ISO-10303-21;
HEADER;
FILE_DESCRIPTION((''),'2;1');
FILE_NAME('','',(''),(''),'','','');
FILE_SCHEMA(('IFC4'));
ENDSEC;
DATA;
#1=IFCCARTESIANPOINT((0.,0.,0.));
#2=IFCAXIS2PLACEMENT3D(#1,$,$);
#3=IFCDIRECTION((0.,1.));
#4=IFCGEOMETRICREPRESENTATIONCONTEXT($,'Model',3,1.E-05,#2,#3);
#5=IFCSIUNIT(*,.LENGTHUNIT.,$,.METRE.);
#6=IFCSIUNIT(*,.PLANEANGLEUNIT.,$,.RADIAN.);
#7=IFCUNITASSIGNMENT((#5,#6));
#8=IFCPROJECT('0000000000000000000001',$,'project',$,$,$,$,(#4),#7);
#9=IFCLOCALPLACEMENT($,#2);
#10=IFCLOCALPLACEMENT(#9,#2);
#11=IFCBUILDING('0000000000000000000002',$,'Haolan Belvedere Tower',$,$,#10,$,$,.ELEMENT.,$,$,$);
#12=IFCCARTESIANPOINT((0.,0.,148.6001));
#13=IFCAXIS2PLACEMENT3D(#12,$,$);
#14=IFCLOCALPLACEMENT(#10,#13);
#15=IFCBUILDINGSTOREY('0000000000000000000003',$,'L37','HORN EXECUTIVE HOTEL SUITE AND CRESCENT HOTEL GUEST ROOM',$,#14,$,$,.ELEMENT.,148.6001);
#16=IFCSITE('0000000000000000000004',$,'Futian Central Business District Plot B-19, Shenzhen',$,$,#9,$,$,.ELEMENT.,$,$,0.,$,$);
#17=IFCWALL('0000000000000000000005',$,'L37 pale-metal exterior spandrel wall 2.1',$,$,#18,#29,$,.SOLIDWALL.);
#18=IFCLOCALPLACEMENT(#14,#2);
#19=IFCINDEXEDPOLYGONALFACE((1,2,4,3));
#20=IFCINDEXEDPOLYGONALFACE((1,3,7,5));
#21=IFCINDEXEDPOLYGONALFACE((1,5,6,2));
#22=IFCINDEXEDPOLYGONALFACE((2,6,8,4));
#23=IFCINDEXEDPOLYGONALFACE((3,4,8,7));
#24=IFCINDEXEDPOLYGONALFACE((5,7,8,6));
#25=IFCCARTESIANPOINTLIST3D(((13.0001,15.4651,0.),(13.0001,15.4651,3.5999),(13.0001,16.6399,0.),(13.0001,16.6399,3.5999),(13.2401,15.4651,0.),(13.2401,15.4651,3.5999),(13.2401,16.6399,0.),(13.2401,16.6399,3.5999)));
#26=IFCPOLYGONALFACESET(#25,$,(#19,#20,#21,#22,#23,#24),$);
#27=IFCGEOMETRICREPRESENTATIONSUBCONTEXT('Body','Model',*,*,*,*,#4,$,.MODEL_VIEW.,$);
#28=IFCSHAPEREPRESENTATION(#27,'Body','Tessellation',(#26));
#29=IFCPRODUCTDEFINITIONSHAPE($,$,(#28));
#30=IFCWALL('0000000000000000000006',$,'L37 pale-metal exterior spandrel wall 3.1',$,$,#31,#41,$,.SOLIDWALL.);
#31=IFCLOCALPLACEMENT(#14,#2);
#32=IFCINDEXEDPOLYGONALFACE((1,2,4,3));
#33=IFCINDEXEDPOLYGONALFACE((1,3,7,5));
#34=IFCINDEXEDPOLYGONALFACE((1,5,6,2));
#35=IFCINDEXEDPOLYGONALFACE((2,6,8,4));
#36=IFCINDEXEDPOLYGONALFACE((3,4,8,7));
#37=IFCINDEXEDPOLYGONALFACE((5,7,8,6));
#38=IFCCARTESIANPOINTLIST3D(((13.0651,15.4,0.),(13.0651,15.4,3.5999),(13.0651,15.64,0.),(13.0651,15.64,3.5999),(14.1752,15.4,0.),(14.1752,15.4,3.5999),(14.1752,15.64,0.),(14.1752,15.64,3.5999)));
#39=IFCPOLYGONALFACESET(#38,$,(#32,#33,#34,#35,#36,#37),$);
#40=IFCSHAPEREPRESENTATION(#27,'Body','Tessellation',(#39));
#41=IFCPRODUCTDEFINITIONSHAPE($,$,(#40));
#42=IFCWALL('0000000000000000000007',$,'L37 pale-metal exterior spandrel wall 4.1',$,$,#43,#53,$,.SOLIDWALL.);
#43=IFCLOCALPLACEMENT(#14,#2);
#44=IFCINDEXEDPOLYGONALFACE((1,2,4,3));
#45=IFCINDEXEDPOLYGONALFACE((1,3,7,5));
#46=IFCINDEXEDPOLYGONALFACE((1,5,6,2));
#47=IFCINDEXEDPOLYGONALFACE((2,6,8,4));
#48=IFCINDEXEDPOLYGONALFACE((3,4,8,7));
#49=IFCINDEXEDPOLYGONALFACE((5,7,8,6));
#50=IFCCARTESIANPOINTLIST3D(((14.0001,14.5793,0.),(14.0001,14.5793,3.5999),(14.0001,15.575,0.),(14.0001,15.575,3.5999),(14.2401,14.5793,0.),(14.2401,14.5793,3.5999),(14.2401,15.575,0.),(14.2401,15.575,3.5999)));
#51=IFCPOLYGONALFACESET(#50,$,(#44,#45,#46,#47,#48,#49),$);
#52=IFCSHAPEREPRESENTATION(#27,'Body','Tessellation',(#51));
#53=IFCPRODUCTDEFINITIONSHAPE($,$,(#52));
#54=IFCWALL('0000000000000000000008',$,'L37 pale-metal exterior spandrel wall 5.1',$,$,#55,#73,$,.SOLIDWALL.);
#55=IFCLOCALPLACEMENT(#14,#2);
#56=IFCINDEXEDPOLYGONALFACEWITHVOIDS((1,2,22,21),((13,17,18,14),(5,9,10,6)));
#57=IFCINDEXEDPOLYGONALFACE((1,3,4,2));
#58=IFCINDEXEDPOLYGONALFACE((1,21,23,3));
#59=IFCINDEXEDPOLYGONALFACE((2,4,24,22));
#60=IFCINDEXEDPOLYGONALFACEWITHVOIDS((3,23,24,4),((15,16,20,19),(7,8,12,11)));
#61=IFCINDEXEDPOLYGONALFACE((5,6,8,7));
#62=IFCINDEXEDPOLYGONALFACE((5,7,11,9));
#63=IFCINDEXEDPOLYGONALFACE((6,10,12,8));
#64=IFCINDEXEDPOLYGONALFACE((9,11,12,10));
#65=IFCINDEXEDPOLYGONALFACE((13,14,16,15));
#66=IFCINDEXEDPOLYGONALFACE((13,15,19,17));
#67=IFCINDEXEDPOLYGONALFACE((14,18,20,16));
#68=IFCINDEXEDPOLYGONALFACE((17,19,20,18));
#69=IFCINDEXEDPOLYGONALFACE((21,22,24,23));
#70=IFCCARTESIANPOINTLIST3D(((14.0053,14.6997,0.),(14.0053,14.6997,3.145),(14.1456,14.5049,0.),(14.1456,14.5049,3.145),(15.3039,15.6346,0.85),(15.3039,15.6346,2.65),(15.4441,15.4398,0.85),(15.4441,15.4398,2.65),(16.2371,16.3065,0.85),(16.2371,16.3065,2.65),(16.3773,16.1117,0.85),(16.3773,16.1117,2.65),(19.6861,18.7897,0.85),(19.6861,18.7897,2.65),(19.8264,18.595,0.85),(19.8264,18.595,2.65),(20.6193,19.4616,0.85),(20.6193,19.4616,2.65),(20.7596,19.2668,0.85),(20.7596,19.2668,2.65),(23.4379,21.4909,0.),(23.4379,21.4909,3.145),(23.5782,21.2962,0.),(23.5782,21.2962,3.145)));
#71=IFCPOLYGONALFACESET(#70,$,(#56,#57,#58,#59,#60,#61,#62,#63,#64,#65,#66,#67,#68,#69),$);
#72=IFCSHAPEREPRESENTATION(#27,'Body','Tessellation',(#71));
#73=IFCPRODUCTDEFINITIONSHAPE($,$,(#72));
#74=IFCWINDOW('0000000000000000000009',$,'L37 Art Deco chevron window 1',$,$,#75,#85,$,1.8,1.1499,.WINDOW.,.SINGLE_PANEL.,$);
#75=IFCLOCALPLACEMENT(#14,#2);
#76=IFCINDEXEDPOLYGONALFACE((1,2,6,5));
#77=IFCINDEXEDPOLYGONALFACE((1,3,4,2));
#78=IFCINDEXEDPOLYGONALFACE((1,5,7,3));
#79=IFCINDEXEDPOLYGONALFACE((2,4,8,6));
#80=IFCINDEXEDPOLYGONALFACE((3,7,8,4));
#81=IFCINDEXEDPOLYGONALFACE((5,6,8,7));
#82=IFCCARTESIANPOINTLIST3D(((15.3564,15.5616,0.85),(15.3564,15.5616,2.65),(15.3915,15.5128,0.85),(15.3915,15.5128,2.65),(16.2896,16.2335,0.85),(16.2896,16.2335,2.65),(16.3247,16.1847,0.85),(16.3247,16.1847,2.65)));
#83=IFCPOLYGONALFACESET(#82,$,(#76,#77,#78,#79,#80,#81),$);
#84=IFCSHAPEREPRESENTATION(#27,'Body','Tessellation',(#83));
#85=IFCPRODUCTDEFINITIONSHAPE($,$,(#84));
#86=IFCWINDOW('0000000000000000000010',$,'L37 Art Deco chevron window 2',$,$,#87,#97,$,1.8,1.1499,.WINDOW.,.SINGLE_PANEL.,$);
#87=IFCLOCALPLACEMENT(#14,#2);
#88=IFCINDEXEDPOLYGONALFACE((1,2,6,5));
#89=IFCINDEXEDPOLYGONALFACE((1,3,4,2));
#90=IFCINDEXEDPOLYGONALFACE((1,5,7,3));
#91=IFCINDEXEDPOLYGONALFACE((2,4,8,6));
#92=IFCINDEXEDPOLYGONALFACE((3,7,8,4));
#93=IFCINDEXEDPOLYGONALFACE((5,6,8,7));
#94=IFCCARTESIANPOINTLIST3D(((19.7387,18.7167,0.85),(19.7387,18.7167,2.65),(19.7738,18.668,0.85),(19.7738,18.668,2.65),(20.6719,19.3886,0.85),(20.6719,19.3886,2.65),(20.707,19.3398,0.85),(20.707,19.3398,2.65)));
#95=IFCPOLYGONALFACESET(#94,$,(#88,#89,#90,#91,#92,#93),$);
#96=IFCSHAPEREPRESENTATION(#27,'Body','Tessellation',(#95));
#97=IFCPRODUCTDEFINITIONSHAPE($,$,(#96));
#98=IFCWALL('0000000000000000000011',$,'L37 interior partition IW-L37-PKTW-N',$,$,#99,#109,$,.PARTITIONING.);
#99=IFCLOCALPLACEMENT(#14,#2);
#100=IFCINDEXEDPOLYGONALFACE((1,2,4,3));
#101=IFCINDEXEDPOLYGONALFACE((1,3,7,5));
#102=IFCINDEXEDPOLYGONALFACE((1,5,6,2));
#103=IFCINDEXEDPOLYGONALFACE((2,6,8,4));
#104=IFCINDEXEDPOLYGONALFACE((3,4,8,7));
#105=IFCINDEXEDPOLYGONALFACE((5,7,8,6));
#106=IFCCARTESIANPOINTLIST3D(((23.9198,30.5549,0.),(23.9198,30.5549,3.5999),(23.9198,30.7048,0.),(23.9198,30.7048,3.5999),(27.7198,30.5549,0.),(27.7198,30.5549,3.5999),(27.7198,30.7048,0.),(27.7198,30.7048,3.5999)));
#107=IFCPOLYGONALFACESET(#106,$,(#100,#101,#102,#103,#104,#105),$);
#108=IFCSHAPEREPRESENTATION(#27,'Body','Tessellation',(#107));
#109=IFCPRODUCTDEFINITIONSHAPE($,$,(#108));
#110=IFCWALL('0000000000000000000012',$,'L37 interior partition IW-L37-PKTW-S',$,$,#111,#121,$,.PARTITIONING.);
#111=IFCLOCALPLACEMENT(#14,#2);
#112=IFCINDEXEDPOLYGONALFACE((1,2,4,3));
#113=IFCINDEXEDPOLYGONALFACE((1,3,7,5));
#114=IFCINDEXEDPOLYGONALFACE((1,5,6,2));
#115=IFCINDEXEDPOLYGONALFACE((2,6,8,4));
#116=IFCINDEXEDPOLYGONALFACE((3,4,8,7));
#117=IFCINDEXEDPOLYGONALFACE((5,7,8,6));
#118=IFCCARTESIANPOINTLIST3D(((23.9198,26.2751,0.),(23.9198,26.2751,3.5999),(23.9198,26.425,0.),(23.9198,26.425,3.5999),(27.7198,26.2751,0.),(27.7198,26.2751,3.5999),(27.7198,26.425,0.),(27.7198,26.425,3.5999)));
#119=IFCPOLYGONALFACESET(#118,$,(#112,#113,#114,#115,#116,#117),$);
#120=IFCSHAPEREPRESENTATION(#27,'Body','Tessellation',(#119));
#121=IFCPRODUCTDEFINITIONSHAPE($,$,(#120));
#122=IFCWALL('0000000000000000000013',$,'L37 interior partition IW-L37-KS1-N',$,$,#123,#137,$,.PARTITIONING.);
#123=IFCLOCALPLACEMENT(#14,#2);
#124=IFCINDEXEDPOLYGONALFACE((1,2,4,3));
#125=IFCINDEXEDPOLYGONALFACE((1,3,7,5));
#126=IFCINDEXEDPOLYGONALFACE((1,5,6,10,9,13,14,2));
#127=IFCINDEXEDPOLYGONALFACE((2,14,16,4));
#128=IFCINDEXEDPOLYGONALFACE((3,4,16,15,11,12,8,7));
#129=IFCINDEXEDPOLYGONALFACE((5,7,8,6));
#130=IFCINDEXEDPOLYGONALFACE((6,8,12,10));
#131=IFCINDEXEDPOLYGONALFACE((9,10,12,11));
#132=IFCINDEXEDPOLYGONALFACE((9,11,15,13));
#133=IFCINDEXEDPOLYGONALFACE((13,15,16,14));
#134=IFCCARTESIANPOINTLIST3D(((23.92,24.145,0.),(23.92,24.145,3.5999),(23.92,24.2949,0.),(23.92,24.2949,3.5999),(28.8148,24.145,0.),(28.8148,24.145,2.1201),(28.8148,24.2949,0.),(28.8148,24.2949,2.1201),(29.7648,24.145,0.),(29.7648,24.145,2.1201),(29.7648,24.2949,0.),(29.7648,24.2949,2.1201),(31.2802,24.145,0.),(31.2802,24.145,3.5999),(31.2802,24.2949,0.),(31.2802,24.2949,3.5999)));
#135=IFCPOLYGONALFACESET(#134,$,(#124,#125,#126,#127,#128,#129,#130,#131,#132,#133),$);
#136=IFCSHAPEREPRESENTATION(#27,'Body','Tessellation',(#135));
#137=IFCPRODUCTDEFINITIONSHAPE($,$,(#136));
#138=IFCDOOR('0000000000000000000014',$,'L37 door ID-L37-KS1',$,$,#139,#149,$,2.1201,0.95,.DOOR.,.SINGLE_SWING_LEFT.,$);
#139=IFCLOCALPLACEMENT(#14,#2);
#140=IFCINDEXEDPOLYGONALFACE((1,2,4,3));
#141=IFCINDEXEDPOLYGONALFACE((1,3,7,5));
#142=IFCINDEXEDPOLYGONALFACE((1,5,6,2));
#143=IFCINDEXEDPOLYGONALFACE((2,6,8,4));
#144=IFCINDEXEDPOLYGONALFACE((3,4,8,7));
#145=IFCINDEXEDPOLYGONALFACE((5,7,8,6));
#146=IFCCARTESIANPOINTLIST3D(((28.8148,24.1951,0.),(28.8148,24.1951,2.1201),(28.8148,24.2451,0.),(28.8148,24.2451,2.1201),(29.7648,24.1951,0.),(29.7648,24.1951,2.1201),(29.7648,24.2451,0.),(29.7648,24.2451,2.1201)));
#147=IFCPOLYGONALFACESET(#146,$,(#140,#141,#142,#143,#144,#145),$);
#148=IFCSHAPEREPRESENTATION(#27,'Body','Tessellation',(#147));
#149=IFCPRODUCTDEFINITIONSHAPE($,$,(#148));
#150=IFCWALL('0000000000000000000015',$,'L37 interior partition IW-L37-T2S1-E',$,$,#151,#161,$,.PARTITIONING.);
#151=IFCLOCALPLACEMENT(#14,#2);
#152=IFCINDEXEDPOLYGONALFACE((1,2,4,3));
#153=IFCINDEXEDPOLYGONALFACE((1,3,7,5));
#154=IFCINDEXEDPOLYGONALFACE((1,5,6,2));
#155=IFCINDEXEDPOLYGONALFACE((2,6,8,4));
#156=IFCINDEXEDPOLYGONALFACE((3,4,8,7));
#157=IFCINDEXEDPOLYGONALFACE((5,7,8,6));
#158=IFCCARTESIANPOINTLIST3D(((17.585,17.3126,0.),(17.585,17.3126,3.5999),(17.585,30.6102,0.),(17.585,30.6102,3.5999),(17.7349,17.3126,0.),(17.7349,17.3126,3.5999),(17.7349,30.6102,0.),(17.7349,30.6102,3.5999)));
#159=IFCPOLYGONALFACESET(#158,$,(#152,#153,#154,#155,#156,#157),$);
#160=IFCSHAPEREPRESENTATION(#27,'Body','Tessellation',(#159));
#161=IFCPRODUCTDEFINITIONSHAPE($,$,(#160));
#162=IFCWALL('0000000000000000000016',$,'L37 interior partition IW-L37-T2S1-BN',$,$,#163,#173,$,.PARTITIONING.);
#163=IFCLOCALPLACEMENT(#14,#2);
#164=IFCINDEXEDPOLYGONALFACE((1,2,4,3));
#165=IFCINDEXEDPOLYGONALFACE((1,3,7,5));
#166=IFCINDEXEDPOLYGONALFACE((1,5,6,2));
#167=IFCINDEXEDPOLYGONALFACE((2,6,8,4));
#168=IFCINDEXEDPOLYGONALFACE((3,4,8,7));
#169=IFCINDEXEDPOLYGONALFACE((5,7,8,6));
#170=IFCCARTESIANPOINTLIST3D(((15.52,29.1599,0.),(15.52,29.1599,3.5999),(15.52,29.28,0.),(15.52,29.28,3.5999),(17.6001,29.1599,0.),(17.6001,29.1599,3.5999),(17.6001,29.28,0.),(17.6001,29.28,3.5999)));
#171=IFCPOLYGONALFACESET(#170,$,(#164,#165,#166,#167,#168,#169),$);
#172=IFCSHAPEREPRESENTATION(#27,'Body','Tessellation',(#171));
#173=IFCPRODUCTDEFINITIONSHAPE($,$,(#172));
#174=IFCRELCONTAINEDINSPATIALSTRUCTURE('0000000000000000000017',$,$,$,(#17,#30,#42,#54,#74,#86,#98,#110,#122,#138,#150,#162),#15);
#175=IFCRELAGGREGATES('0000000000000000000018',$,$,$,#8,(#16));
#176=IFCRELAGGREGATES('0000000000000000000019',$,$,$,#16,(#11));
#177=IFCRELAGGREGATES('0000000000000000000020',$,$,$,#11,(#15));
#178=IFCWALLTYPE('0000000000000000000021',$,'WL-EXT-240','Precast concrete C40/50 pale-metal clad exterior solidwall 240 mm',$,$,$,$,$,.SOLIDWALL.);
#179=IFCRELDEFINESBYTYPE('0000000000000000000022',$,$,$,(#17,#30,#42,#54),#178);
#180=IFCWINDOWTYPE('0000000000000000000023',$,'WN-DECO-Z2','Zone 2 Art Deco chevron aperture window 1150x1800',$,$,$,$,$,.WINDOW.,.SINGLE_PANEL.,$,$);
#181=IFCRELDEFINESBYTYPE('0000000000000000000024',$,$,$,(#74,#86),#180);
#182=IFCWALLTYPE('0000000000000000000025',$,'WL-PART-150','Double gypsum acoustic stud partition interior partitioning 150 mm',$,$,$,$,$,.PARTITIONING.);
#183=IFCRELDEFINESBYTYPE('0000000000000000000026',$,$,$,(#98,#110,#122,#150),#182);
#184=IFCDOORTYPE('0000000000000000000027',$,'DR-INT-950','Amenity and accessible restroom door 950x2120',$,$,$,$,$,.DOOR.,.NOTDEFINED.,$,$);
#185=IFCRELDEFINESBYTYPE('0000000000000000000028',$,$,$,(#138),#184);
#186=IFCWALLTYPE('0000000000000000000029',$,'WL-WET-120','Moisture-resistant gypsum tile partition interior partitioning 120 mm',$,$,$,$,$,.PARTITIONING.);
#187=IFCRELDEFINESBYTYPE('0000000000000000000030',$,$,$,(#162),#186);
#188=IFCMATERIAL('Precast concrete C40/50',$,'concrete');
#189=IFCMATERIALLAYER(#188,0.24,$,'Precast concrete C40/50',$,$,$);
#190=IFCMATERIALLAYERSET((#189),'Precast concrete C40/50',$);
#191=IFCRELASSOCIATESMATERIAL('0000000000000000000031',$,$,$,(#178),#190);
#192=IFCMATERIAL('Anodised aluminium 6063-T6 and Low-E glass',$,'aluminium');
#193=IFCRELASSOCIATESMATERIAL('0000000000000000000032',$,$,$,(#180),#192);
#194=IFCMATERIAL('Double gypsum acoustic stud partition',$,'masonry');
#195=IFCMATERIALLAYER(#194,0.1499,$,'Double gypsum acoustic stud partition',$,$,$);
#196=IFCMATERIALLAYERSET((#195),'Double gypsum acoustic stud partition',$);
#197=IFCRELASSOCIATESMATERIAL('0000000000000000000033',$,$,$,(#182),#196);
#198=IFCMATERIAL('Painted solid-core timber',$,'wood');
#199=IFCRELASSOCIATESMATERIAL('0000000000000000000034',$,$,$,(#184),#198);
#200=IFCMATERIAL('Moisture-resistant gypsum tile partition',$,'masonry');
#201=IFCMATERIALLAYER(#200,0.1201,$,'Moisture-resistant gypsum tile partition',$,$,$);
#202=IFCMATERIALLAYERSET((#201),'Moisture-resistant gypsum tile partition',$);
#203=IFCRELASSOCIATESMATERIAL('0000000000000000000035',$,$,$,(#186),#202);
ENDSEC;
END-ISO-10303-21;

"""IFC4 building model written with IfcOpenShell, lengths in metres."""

from ifc_helpers import new_model, si_unit, direction, frame, frame_2d, origin, place, context, subcontext, project, spatial, rectangle, extrude, material, layer, layer_set, type_object, element, fill, save


model = new_model("IFC4")

# Units and contexts
model_context = context("Model", 3, precision=1e-05, world=origin(), true_north=direction((0.0, 1.0)))
body_context = subcontext(model_context, "Body", "Model", "MODEL_VIEW")
ifc_project = project(units=[si_unit("LENGTHUNIT", "METRE"), si_unit("PLANEANGLEUNIT", "RADIAN")], contexts=[model_context])

# Site, building, storey
site_placement = place(None, origin())
site = spatial("IfcSite", under=ifc_project, at=site_placement, Name="Futian Central Business District Plot B-19, Shenzhen", CompositionType="ELEMENT", RefElevation=0.0)
building_placement = place(site_placement, origin())
building = spatial("IfcBuilding", under=site, at=building_placement, Name="Haolan Belvedere Tower", CompositionType="ELEMENT")
storey_placement = place(building_placement, frame((0.0, 0.0, 148.6001)))
storey = spatial("IfcBuildingStorey", under=building, at=storey_placement, Name="L37", Description="HORN EXECUTIVE HOTEL SUITE AND CRESCENT HOTEL GUEST ROOM", CompositionType="ELEMENT", Elevation=148.6001)

# Walls
ifc_material_1 = material(Name="Precast concrete C40/50", Category="concrete")
ifc_layer_1 = layer(ifc_material_1, 0.24, Name="Precast concrete C40/50")
ifc_layer_set_1 = layer_set([ifc_layer_1], Name="Precast concrete C40/50")
wall_type_1 = type_object("IfcWallType", Name="WL-EXT-240", Description="Precast concrete C40/50 pale-metal clad exterior solidwall 240 mm", PredefinedType="SOLIDWALL", material=ifc_layer_set_1)
wall_1_placement = place(storey_placement, frame((13.1201, 16.6399, 0.0), z_axis=(0.0, 0.0, 1.0), x_axis=(0.0, -1.0, 0.0)))
element("IfcWall", 1, at=wall_1_placement, inside=storey, type_object=wall_type_1, Name="L37 pale-metal exterior spandrel wall 2.1", PredefinedType="SOLIDWALL", context=body_context, shape_type="SweptSolid", body=[
    extrude(rectangle(XDim=1.1748, YDim=0.24, at=frame_2d((0.5874, 0.0))), origin(), (0.0, 0.0, 1.0), 3.5999),
])
wall_2_placement = place(storey_placement, frame((13.0649, 15.52, 0.0), z_axis=(0.0, 0.0, 1.0), x_axis=(1.0, 0.0, 0.0)))
element("IfcWall", 2, at=wall_2_placement, inside=storey, type_object=wall_type_1, Name="L37 pale-metal exterior spandrel wall 3.1", PredefinedType="SOLIDWALL", context=body_context, shape_type="SweptSolid", body=[
    extrude(rectangle(XDim=1.1101, YDim=0.24, at=frame_2d((0.5552, 0.0))), origin(), (0.0, 0.0, 1.0), 3.5999),
])
wall_3_placement = place(storey_placement, frame((14.1201, 15.575, 0.0), z_axis=(0.0, 0.0, 1.0), x_axis=(0.0, -1.0, 0.0)))
element("IfcWall", 3, at=wall_3_placement, inside=storey, type_object=wall_type_1, Name="L37 pale-metal exterior spandrel wall 4.1", PredefinedType="SOLIDWALL", context=body_context, shape_type="SweptSolid", body=[
    extrude(rectangle(XDim=0.9956, YDim=0.24, at=frame_2d((0.4978, 0.0))), origin(), (0.0, 0.0, 1.0), 3.5999),
])

# Wall, openings, windows
wall_4_placement = place(storey_placement, frame((14.0754, 14.6023, 0.0), z_axis=(0.0, 0.0, 1.0), x_axis=(0.811544, 0.584292, 0.0)))
wall_4 = element("IfcWall", 4, at=wall_4_placement, inside=storey, type_object=wall_type_1, Name="L37 pale-metal exterior spandrel wall 5.1", PredefinedType="SOLIDWALL", context=body_context, shape_type="SweptSolid", body=[
    extrude(rectangle(XDim=11.623, YDim=0.24, at=frame_2d((5.8115, 0.0))), origin(), (0.0, 0.0, 1.0), 3.145),
])
opening_1_placement = place(wall_4_placement, frame((1.6001, 0.0, 0.8501)))
opening_1 = element("IfcOpeningElement", 5, at=opening_1_placement, cuts=wall_4, PredefinedType="OPENING", context=body_context, shape_type="SweptSolid", body=[
    extrude(rectangle(XDim=1.1499, YDim=1.8, at=frame_2d((0.575, 0.8999))), frame((0.0, 0.1299, 0.0), z_axis=(0.0, -1.0, 0.0), x_axis=(1.0, 0.0, 0.0)), (0.0, 0.0, 1.0), 0.26),
])
opening_2_placement = place(wall_4_placement, frame((7.0, 0.0, 0.8501)))
opening_2 = element("IfcOpeningElement", 6, at=opening_2_placement, cuts=wall_4, PredefinedType="OPENING", context=body_context, shape_type="SweptSolid", body=[
    extrude(rectangle(XDim=1.1499, YDim=1.8, at=frame_2d((0.575, 0.8999))), frame((0.0, 0.1299, 0.0), z_axis=(0.0, -1.0, 0.0), x_axis=(1.0, 0.0, 0.0)), (0.0, 0.0, 1.0), 0.26),
])
ifc_material_2 = material(Name="Anodised aluminium 6063-T6 and Low-E glass", Category="aluminium")
window_type = type_object("IfcWindowType", Name="WN-DECO-Z2", Description="Zone 2 Art Deco chevron aperture window 1150x1800", PartitioningType="SINGLE_PANEL", PredefinedType="WINDOW", material=ifc_material_2)
window_1_placement = place(opening_1_placement, origin())
window_1 = element("IfcWindow", 7, at=window_1_placement, inside=storey, type_object=window_type, Name="L37 Art Deco chevron window 1", OverallHeight=1.8, OverallWidth=1.1499, PartitioningType="SINGLE_PANEL", PredefinedType="WINDOW", context=body_context, shape_type="SweptSolid", body=[
    extrude(rectangle(XDim=1.1499, YDim=1.8, at=frame_2d((0.575, 0.8999))), frame((0.0, 0.03, 0.0), z_axis=(0.0, -1.0, 0.0), x_axis=(1.0, 0.0, 0.0)), (0.0, 0.0, 1.0), 0.0601),
])
fill(opening_1, window_1)
window_2_placement = place(opening_2_placement, origin())
window_2 = element("IfcWindow", 8, at=window_2_placement, inside=storey, type_object=window_type, Name="L37 Art Deco chevron window 2", OverallHeight=1.8, OverallWidth=1.1499, PartitioningType="SINGLE_PANEL", PredefinedType="WINDOW", context=body_context, shape_type="SweptSolid", body=[
    extrude(rectangle(XDim=1.1499, YDim=1.8, at=frame_2d((0.575, 0.8999))), frame((0.0, 0.03, 0.0), z_axis=(0.0, -1.0, 0.0), x_axis=(1.0, 0.0, 0.0)), (0.0, 0.0, 1.0), 0.0601),
])
fill(opening_2, window_2)

# Walls
ifc_material_3 = material(Name="Double gypsum acoustic stud partition", Category="masonry")
ifc_layer_2 = layer(ifc_material_3, 0.1499, Name="Double gypsum acoustic stud partition")
ifc_layer_set_2 = layer_set([ifc_layer_2], Name="Double gypsum acoustic stud partition")
wall_type_2 = type_object("IfcWallType", Name="WL-PART-150", Description="Double gypsum acoustic stud partition interior partitioning 150 mm", PredefinedType="PARTITIONING", material=ifc_layer_set_2)
for number, where, z_axis, x_axis, name in (
    (9, (23.9199, 30.6299, 0.0), (0.0, 0.0, 1.0), (1.0, 0.0, 0.0), "L37 interior partition IW-L37-PKTW-N"),
    (10, (23.9199, 26.3501, 0.0), (0.0, 0.0, 1.0), (1.0, 0.0, 0.0), "L37 interior partition IW-L37-PKTW-S"),
):
    element("IfcWall", number, at=place(storey_placement, frame(where, z_axis=z_axis, x_axis=x_axis)), inside=storey, type_object=wall_type_2, Name=name, PredefinedType="PARTITIONING", context=body_context, shape_type="SweptSolid", body=[
        extrude(rectangle(XDim=3.8, YDim=0.1499, at=frame_2d((1.8999, 0.0))), origin(), (0.0, 0.0, 1.0), 3.5999),
    ])

# Wall, opening, door
wall_5_placement = place(storey_placement, frame((23.9199, 24.22, 0.0), z_axis=(0.0, 0.0, 1.0), x_axis=(1.0, 0.0, 0.0)))
wall_5 = element("IfcWall", 11, at=wall_5_placement, inside=storey, type_object=wall_type_2, Name="L37 interior partition IW-L37-KS1-N", PredefinedType="PARTITIONING", context=body_context, shape_type="SweptSolid", body=[
    extrude(rectangle(XDim=7.3601, YDim=0.1499, at=frame_2d((3.6802, 0.0))), origin(), (0.0, 0.0, 1.0), 3.5999),
])
opening_3_placement = place(wall_5_placement, frame((5.845, 0.0, 0.0), z_axis=(0.0, 0.0, 1.0), x_axis=(-1.0, 0.0, 0.0)))
opening_3 = element("IfcOpeningElement", 12, at=opening_3_placement, cuts=wall_5, PredefinedType="OPENING", context=body_context, shape_type="SweptSolid", body=[
    extrude(rectangle(XDim=0.95, YDim=2.1201, at=frame_2d((0.4751, 1.0601))), frame((0.0, 0.085, 0.0), z_axis=(0.0, -1.0, 0.0), x_axis=(1.0, 0.0, 0.0)), (0.0, 0.0, 1.0), 0.1699),
])
ifc_material_4 = material(Name="Painted solid-core timber", Category="wood")
door_type_1 = type_object("IfcDoorType", Name="DR-INT-950", Description="Amenity and accessible restroom door 950x2120", OperationType="NOTDEFINED", PredefinedType="DOOR", material=ifc_material_4)
door_1_placement = place(opening_3_placement, origin())
door_1 = element("IfcDoor", 13, at=door_1_placement, inside=storey, type_object=door_type_1, Name="L37 door ID-L37-KS1", OperationType="SINGLE_SWING_LEFT", OverallHeight=2.1201, OverallWidth=0.95, PredefinedType="DOOR", context=body_context, shape_type="SweptSolid", body=[
    extrude(rectangle(XDim=0.95, YDim=2.1201, at=frame_2d((0.4751, 1.0601))), frame((0.0, 0.0249, 0.0), z_axis=(0.0, -1.0, 0.0), x_axis=(1.0, 0.0, 0.0)), (0.0, 0.0, 1.0), 0.05),
])
fill(opening_3, door_1)

# Walls
wall_6_placement = place(storey_placement, frame((17.6599, 17.3125, 0.0), z_axis=(0.0, 0.0, 1.0), x_axis=(0.0, 1.0, 0.0)))
element("IfcWall", 14, at=wall_6_placement, inside=storey, type_object=wall_type_2, Name="L37 interior partition IW-L37-T2S1-E", PredefinedType="PARTITIONING", context=body_context, shape_type="SweptSolid", body=[
    extrude(rectangle(XDim=13.2976, YDim=0.1499, at=frame_2d((6.6489, 0.0))), origin(), (0.0, 0.0, 1.0), 3.5999),
])
ifc_material_5 = material(Name="Moisture-resistant gypsum tile partition", Category="masonry")
ifc_layer_3 = layer(ifc_material_5, 0.1201, Name="Moisture-resistant gypsum tile partition")
ifc_layer_set_3 = layer_set([ifc_layer_3], Name="Moisture-resistant gypsum tile partition")
wall_type_3 = type_object("IfcWallType", Name="WL-WET-120", Description="Moisture-resistant gypsum tile partition interior partitioning 120 mm", PredefinedType="PARTITIONING", material=ifc_layer_set_3)
for number, where, z_axis, x_axis, name in (
    (15, (15.52, 29.22, 0.0), (0.0, 0.0, 1.0), (1.0, 0.0, 0.0), "L37 interior partition IW-L37-T2S1-BN"),
):
    element("IfcWall", number, at=place(storey_placement, frame(where, z_axis=z_axis, x_axis=x_axis)), inside=storey, type_object=wall_type_3, Name=name, PredefinedType="PARTITIONING", context=body_context, shape_type="SweptSolid", body=[
        extrude(rectangle(XDim=2.0801, YDim=0.1201, at=frame_2d((1.04, 0.0))), origin(), (0.0, 0.0, 1.0), 3.5999),
    ])

save(model, "model.ifc")
